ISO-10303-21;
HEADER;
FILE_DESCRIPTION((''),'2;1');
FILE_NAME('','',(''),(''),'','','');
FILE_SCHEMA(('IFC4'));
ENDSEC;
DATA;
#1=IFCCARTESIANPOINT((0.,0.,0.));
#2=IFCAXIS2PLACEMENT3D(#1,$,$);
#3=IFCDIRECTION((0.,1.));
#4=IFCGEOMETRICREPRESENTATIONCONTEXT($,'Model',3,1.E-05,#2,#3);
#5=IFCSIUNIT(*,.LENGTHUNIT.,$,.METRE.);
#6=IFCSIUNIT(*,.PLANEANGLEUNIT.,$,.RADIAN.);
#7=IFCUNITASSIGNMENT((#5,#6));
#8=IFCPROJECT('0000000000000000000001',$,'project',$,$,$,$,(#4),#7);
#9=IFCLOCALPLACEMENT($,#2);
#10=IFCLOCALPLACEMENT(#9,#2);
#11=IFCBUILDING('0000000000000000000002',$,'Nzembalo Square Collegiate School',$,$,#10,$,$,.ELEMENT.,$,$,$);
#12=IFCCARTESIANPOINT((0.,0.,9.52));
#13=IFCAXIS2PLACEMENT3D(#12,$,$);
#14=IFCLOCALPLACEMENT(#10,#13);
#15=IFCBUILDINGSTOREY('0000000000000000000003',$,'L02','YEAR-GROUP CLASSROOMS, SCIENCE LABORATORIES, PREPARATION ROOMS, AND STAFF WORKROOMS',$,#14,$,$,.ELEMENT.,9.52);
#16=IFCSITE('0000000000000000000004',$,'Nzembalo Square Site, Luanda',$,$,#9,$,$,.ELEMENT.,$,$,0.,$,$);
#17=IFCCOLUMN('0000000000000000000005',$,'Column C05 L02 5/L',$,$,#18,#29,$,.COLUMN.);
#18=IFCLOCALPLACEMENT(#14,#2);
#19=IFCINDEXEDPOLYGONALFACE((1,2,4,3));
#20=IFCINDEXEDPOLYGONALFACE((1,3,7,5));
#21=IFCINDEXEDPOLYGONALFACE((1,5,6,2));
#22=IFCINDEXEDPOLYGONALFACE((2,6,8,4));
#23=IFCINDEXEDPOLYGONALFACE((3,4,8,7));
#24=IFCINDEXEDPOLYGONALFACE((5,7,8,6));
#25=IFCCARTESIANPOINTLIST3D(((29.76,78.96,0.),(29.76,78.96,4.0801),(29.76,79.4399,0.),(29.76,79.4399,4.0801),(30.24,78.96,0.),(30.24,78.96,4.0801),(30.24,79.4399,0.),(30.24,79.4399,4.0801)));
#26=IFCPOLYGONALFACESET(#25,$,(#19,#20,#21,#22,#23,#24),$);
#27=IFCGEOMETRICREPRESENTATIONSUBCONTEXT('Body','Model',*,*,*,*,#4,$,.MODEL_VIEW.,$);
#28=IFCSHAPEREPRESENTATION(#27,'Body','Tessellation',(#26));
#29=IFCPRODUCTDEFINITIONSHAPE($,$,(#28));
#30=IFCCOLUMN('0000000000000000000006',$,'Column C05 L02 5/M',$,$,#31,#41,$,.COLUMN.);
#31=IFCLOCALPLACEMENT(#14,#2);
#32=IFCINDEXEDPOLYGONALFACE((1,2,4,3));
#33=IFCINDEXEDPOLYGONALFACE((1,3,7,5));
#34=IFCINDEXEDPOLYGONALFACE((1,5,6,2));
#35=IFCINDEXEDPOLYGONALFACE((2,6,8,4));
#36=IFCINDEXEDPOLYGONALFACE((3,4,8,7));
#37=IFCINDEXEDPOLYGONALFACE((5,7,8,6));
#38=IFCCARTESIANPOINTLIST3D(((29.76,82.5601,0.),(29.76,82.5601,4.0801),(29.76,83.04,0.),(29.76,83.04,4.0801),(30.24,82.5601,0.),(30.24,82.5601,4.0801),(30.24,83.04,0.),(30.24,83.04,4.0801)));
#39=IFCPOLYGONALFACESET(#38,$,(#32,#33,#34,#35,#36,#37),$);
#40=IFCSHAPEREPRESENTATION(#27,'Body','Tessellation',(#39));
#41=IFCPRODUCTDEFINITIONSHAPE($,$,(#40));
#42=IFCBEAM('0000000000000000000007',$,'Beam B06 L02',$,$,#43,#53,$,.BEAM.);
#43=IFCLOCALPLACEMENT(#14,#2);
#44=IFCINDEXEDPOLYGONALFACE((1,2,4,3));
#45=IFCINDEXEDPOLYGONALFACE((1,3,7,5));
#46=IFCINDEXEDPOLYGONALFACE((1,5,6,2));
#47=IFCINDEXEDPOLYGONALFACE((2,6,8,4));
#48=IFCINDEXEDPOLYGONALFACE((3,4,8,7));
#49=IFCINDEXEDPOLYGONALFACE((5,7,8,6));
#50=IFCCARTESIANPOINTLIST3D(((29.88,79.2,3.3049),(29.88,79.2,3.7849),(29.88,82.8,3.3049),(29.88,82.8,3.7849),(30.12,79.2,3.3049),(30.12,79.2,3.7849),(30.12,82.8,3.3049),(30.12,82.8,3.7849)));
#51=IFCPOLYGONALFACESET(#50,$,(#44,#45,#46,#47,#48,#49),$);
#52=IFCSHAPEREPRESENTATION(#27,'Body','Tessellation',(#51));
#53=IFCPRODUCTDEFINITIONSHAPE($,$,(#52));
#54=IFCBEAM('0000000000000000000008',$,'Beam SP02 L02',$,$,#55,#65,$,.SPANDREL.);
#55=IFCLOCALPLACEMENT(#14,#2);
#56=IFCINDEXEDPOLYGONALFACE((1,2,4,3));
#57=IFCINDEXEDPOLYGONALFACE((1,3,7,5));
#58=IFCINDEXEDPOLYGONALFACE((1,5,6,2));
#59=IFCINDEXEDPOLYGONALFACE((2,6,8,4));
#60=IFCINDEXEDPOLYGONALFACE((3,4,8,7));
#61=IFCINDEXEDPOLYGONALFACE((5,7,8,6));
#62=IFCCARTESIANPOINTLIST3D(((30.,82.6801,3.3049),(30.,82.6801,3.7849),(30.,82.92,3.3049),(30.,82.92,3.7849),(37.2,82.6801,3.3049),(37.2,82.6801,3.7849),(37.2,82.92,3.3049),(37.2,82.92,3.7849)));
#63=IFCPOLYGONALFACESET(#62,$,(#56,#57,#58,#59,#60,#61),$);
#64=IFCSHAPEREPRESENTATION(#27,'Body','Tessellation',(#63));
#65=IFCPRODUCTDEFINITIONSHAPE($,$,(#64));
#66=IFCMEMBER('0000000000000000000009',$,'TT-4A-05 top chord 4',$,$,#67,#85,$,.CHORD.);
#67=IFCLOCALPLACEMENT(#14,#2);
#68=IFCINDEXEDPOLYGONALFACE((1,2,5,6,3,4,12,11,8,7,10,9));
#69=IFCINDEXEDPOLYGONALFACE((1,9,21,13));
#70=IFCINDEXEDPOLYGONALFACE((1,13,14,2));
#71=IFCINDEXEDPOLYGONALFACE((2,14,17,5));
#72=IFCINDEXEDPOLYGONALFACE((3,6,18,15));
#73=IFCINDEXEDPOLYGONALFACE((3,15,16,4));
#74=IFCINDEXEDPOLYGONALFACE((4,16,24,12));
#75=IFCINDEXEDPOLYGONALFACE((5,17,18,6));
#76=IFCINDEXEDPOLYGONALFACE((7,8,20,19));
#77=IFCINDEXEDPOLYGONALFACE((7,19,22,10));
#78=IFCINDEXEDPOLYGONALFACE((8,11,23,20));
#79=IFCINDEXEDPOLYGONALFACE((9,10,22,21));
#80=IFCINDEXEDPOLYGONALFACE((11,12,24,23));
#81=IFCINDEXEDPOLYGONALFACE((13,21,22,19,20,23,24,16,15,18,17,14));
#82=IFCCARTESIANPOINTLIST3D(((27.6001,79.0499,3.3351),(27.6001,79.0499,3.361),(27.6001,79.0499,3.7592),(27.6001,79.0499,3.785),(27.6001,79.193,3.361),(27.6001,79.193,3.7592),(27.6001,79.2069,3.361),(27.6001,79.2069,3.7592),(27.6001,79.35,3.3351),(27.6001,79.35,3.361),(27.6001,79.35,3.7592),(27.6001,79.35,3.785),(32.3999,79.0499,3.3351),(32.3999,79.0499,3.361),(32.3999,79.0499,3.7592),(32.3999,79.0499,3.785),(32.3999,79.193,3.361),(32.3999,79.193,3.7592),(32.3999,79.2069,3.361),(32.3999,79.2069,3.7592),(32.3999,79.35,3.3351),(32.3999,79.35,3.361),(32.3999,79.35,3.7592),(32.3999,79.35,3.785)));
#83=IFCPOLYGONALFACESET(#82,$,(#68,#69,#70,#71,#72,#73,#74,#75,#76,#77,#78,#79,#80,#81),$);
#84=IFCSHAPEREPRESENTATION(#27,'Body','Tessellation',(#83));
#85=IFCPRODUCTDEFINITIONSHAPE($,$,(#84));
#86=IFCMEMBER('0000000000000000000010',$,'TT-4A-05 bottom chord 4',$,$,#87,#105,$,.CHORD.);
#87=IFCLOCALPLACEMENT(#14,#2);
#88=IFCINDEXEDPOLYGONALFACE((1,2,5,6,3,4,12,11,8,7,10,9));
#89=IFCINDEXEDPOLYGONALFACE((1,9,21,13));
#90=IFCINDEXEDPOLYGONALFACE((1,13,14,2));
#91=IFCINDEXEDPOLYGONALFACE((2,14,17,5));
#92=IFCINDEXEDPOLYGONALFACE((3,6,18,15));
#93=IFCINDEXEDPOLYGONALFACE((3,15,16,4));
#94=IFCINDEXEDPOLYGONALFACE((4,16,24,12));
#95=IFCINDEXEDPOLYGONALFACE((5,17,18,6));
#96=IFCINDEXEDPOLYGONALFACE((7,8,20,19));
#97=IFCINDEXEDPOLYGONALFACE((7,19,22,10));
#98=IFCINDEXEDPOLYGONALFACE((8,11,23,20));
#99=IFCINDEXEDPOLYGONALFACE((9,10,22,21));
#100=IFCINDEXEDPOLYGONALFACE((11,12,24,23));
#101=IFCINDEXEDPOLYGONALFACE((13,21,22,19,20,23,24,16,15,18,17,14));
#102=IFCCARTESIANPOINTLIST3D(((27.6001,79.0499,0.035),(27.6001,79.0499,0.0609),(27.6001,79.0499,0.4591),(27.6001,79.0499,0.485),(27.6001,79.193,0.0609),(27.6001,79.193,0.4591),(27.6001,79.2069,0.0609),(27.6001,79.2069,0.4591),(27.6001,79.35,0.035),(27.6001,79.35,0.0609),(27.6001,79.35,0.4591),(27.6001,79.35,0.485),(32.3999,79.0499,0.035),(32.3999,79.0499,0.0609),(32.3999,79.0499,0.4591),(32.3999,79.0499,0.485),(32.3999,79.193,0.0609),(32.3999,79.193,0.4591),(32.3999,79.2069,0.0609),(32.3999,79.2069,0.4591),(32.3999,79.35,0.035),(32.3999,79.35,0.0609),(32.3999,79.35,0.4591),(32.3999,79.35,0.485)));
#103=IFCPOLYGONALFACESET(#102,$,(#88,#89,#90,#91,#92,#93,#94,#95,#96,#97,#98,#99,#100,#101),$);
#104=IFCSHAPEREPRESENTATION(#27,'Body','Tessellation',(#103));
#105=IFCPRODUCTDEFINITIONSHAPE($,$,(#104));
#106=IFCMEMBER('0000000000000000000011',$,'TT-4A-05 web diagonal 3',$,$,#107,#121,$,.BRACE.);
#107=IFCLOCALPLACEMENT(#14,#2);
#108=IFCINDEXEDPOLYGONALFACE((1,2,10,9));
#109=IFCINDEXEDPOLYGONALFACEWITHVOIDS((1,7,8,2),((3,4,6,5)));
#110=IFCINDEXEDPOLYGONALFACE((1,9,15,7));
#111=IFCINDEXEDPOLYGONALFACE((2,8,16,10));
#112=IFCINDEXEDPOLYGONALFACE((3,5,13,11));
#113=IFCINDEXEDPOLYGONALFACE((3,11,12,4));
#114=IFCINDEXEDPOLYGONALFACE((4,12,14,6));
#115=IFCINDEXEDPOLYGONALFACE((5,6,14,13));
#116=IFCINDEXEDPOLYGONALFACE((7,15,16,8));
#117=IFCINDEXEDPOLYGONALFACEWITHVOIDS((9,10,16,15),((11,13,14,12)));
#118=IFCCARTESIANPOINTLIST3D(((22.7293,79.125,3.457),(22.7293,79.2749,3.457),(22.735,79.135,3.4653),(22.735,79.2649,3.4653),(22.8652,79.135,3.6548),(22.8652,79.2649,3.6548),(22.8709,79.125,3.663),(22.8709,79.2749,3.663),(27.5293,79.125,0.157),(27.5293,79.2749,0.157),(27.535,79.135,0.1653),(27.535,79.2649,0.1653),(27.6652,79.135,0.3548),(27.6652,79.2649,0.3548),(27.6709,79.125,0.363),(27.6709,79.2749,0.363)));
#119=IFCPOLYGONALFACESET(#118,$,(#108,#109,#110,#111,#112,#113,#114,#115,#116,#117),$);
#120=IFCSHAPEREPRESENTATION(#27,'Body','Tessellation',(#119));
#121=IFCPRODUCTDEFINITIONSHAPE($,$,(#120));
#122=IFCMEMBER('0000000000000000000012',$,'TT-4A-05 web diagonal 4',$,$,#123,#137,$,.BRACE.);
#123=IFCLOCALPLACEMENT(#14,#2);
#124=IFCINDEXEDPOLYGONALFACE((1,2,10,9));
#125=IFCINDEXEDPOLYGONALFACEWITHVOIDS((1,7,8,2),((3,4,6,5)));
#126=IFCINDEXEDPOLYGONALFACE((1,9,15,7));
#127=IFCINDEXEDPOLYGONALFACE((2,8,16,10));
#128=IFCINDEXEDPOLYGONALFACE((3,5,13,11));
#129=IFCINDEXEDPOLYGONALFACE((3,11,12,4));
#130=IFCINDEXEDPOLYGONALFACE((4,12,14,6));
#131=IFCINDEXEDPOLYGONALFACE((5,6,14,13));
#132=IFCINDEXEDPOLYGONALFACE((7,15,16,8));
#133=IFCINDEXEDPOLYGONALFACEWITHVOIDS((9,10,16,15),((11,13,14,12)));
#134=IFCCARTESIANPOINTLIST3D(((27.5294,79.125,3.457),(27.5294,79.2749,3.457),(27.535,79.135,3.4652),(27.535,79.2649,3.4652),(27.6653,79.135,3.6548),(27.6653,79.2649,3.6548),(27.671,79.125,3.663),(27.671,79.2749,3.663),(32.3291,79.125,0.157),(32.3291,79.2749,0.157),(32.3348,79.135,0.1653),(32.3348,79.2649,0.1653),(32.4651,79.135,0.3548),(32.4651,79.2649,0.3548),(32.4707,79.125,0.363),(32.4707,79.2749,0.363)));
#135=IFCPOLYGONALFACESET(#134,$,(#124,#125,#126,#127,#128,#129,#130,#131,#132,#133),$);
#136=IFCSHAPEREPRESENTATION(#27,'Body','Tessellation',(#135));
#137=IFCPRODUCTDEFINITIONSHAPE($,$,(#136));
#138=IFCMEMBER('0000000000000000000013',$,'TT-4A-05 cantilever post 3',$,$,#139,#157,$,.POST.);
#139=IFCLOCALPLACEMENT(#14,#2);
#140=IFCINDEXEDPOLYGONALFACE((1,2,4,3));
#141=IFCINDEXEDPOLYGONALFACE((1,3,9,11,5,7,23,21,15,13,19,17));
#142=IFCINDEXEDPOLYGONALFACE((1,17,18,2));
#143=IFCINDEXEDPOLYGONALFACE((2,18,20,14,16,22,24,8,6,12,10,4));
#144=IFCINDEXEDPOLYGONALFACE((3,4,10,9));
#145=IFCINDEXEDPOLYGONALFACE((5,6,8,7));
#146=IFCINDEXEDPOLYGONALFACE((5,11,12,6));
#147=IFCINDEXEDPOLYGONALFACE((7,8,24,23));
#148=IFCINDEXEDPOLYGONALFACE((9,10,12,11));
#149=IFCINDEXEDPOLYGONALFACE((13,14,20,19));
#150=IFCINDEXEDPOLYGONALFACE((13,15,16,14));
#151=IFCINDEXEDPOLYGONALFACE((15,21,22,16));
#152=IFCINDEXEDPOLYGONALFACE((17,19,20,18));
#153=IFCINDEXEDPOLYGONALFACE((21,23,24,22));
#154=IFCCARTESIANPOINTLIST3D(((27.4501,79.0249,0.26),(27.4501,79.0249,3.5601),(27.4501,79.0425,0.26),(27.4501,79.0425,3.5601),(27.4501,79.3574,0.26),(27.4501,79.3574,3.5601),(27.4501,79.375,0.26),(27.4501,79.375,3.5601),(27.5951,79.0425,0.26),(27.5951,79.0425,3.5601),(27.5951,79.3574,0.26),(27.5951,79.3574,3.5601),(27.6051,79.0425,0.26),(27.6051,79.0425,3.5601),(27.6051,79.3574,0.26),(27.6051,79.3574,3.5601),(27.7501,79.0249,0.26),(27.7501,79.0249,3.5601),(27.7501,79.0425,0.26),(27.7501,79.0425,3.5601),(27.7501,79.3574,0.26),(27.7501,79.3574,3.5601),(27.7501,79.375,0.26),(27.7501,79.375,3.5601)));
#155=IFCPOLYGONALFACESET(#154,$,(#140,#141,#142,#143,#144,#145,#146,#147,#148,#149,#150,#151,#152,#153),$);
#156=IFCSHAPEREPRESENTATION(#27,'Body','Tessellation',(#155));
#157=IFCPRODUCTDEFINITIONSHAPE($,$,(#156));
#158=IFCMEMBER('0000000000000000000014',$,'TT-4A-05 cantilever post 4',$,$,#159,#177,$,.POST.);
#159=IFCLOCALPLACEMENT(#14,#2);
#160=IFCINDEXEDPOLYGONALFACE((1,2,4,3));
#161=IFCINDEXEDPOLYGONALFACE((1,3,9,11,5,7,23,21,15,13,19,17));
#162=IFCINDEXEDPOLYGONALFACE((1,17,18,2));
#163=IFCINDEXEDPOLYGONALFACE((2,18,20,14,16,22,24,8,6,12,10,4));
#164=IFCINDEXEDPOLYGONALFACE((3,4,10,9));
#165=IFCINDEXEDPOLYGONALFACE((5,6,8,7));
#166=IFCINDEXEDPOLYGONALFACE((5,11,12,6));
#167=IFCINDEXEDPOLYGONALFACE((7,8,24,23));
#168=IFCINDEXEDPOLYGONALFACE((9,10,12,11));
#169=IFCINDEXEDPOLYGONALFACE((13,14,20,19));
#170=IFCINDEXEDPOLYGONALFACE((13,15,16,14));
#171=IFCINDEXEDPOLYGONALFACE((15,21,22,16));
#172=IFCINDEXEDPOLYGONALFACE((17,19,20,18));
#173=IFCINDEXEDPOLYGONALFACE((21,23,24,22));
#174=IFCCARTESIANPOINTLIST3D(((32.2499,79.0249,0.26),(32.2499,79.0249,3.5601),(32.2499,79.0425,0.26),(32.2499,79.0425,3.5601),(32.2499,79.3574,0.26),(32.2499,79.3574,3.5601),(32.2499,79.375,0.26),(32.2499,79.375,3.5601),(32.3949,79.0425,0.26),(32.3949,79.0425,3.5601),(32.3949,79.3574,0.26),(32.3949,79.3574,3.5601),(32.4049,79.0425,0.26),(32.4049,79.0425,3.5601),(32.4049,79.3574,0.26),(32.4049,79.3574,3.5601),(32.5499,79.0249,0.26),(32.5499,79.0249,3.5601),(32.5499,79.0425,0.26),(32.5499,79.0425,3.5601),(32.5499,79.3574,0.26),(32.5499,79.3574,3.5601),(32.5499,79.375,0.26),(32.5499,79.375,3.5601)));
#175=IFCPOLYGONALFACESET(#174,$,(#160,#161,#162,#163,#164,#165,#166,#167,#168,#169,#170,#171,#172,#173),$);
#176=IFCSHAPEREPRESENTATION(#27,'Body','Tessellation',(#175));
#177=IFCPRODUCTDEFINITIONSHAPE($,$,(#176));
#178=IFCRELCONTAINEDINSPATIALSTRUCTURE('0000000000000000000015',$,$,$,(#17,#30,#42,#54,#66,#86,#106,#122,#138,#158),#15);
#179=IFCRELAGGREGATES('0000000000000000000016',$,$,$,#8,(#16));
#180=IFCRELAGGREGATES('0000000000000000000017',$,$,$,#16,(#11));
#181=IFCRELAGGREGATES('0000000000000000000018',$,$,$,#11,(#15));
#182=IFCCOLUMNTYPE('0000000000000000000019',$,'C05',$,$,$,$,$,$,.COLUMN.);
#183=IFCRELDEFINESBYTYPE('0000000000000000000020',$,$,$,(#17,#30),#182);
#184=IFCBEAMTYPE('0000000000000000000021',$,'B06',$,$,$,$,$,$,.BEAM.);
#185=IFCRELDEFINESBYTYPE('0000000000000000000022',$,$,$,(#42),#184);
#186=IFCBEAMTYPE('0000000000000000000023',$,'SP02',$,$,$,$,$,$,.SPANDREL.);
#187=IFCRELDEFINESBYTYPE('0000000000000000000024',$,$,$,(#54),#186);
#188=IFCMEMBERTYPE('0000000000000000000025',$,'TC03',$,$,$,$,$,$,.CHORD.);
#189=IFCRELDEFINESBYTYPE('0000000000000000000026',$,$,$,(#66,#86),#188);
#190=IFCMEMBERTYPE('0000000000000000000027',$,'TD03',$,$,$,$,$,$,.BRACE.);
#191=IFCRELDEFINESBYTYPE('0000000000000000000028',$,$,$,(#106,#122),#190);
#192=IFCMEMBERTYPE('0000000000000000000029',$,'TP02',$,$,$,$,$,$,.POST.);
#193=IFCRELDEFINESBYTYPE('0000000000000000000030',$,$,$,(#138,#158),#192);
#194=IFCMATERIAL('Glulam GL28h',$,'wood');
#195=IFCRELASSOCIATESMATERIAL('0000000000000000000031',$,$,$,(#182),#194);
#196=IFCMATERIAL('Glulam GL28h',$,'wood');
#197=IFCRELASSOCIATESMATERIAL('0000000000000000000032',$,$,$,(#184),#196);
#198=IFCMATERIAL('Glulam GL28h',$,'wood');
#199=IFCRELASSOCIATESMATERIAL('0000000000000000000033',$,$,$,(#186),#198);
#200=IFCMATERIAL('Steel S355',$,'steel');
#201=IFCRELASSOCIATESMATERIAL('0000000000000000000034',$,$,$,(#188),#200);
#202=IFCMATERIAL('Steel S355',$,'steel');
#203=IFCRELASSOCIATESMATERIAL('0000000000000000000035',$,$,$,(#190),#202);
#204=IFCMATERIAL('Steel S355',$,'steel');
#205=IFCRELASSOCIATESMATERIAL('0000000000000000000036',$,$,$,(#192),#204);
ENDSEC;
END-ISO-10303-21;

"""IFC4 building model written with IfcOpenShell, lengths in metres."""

from ifc_helpers import new_model, si_unit, direction, frame, origin, origin_2d, place, context, subcontext, project, spatial, rectangle, hollow_rectangle, i_section, extrude, material, material_profile, profile_set, type_object, element, save


model = new_model("IFC4")

# Units and contexts
model_context = context("Model", 3, precision=1e-05, world=origin(), true_north=direction((0.0, 1.0)))
body_context = subcontext(model_context, "Body", "Model", "MODEL_VIEW")
ifc_project = project(units=[si_unit("LENGTHUNIT", "METRE"), si_unit("PLANEANGLEUNIT", "RADIAN")], contexts=[model_context])

# Site, building, storey
site_placement = place(None, origin())
site = spatial("IfcSite", under=ifc_project, at=site_placement, Name="Nzembalo Square Site, Luanda", CompositionType="ELEMENT", RefElevation=0.0)
building_placement = place(site_placement, origin())
building = spatial("IfcBuilding", under=site, at=building_placement, Name="Nzembalo Square Collegiate School", CompositionType="ELEMENT")
storey_placement = place(building_placement, frame((0.0, 0.0, 9.52)))
storey = spatial("IfcBuildingStorey", under=building, at=storey_placement, Name="L02", Description="YEAR-GROUP CLASSROOMS, SCIENCE LABORATORIES, PREPARATION ROOMS, AND STAFF WORKROOMS", CompositionType="ELEMENT", Elevation=9.52)

# Columns
ifc_material_1 = material(Name="Glulam GL28h", Category="wood")
ifc_material_profile_1 = material_profile(ifc_material_1, rectangle(XDim=0.48, YDim=0.48, at=origin_2d()), Name="GL28h 480x480")
ifc_profile_set_1 = profile_set([ifc_material_profile_1], Name="Glulam GL28h")
column_type = type_object("IfcColumnType", Name="C05", PredefinedType="COLUMN", material=ifc_profile_set_1)
for number, where, z_axis, x_axis, name in (
    (1, (30.0, 79.2, 0.0), (0.0, 0.0, 1.0), (1.0, 0.0, 0.0), "Column C05 L02 5/L"),
    (2, (30.0, 82.8, 0.0), (0.0, 0.0, 1.0), (1.0, 0.0, 0.0), "Column C05 L02 5/M"),
):
    element("IfcColumn", number, at=place(storey_placement, frame(where, z_axis=z_axis, x_axis=x_axis)), inside=storey, type_object=column_type, Name=name, PredefinedType="COLUMN", context=body_context, shape_type="SweptSolid", body=[
        extrude(rectangle(XDim=0.48, YDim=0.48, at=origin_2d()), origin(), (0.0, 0.0, 1.0), 4.0801),
    ])

# Beams
ifc_material_2 = material(Name="Glulam GL28h", Category="wood")
ifc_material_profile_2 = material_profile(ifc_material_2, rectangle(XDim=0.24, YDim=0.48, at=origin_2d()), Name="GL28h 240x480")
ifc_profile_set_2 = profile_set([ifc_material_profile_2], Name="Glulam GL28h")
beam_type_1 = type_object("IfcBeamType", Name="B06", PredefinedType="BEAM", material=ifc_profile_set_2)
beam_1_placement = place(storey_placement, frame((30.0, 79.2, 3.5449), z_axis=(0.0, 1.0, 0.0), x_axis=(-1.0, 0.0, 0.0)))
element("IfcBeam", 3, at=beam_1_placement, inside=storey, type_object=beam_type_1, Name="Beam B06 L02", PredefinedType="BEAM", context=body_context, shape_type="SweptSolid", body=[
    extrude(rectangle(XDim=0.24, YDim=0.48, at=origin_2d()), origin(), (0.0, 0.0, 1.0), 3.6001),
])
ifc_material_3 = material(Name="Glulam GL28h", Category="wood")
ifc_material_profile_3 = material_profile(ifc_material_3, rectangle(XDim=0.24, YDim=0.48, at=origin_2d()), Name="GL28h 240x480")
ifc_profile_set_3 = profile_set([ifc_material_profile_3], Name="Glulam GL28h")
beam_type_2 = type_object("IfcBeamType", Name="SP02", PredefinedType="SPANDREL", material=ifc_profile_set_3)
beam_2_placement = place(storey_placement, frame((30.0, 82.8, 3.5449), z_axis=(1.0, 0.0, 0.0), x_axis=(0.0, 1.0, 0.0)))
element("IfcBeam", 4, at=beam_2_placement, inside=storey, type_object=beam_type_2, Name="Beam SP02 L02", PredefinedType="SPANDREL", context=body_context, shape_type="SweptSolid", body=[
    extrude(rectangle(XDim=0.24, YDim=0.48, at=origin_2d()), origin(), (0.0, 0.0, 1.0), 7.2),
])

# Members
ifc_material_4 = material(Name="Steel S355", Category="steel")
ifc_material_profile_4 = material_profile(ifc_material_4, i_section(OverallWidth=0.3, OverallDepth=0.45, WebThickness=0.0139, FlangeThickness=0.0259, at=origin_2d()), Name="HEB 450")
ifc_profile_set_4 = profile_set([ifc_material_profile_4], Name="Steel S355")
member_type_1 = type_object("IfcMemberType", Name="TC03", PredefinedType="CHORD", material=ifc_profile_set_4)
for number, where, z_axis, x_axis, name in (
    (5, (27.6001, 79.2, 3.5601), (1.0, 0.0, 0.0), (0.0, 1.0, 0.0), "TT-4A-05 top chord 4"),
    (6, (27.6001, 79.2, 0.26), (1.0, 0.0, 0.0), (0.0, 1.0, 0.0), "TT-4A-05 bottom chord 4"),
):
    element("IfcMember", number, at=place(storey_placement, frame(where, z_axis=z_axis, x_axis=x_axis)), inside=storey, type_object=member_type_1, Name=name, PredefinedType="CHORD", context=body_context, shape_type="SweptSolid", body=[
        extrude(i_section(OverallWidth=0.3, OverallDepth=0.45, WebThickness=0.0139, FlangeThickness=0.0259, at=origin_2d()), origin(), (0.0, 0.0, 1.0), 4.7998),
    ])
ifc_material_5 = material(Name="Steel S355", Category="steel")
ifc_material_profile_5 = material_profile(ifc_material_5, hollow_rectangle(XDim=0.1499, YDim=0.25, WallThickness=0.01, at=origin_2d()), Name="RHS 250x150x10")
ifc_profile_set_5 = profile_set([ifc_material_profile_5], Name="Steel S355")
member_type_2 = type_object("IfcMemberType", Name="TD03", PredefinedType="BRACE", material=ifc_profile_set_5)
member_1_placement = place(storey_placement, frame((27.6001, 79.2, 0.26), z_axis=(-0.824041, 0.0, 0.566531), x_axis=(0.0, -1.0, 0.0)))
element("IfcMember", 7, at=member_1_placement, inside=storey, type_object=member_type_2, Name="TT-4A-05 web diagonal 3", PredefinedType="BRACE", context=body_context, shape_type="SweptSolid", body=[
    extrude(hollow_rectangle(XDim=0.1499, YDim=0.25, WallThickness=0.01, at=origin_2d()), origin(), (0.0, 0.0, 1.0), 5.825),
])
member_2_placement = place(storey_placement, frame((32.3999, 79.2, 0.26), z_axis=(-0.824027, 0.0, 0.56655), x_axis=(0.0, -1.0, 0.0)))
element("IfcMember", 8, at=member_2_placement, inside=storey, type_object=member_type_2, Name="TT-4A-05 web diagonal 4", PredefinedType="BRACE", context=body_context, shape_type="SweptSolid", body=[
    extrude(hollow_rectangle(XDim=0.1499, YDim=0.25, WallThickness=0.01, at=origin_2d()), origin(), (0.0, 0.0, 1.0), 5.8247),
])
ifc_material_6 = material(Name="Steel S355", Category="steel")
ifc_material_profile_6 = material_profile(ifc_material_6, i_section(OverallWidth=0.3, OverallDepth=0.3501, WebThickness=0.01, FlangeThickness=0.0176, at=origin_2d()), Name="HEA 360")
ifc_profile_set_6 = profile_set([ifc_material_profile_6], Name="Steel S355")
member_type_3 = type_object("IfcMemberType", Name="TP02", PredefinedType="POST", material=ifc_profile_set_6)
for number, where, z_axis, x_axis, name in (
    (9, (27.6001, 79.2, 0.26), (0.0, 0.0, 1.0), (1.0, 0.0, 0.0), "TT-4A-05 cantilever post 3"),
    (10, (32.3999, 79.2, 0.26), (0.0, 0.0, 1.0), (1.0, 0.0, 0.0), "TT-4A-05 cantilever post 4"),
):
    element("IfcMember", number, at=place(storey_placement, frame(where, z_axis=z_axis, x_axis=x_axis)), inside=storey, type_object=member_type_3, Name=name, PredefinedType="POST", context=body_context, shape_type="SweptSolid", body=[
        extrude(i_section(OverallWidth=0.3, OverallDepth=0.3501, WebThickness=0.01, FlangeThickness=0.0176, at=origin_2d()), origin(), (0.0, 0.0, 1.0), 3.3),
    ])

save(model, "model.ifc")
